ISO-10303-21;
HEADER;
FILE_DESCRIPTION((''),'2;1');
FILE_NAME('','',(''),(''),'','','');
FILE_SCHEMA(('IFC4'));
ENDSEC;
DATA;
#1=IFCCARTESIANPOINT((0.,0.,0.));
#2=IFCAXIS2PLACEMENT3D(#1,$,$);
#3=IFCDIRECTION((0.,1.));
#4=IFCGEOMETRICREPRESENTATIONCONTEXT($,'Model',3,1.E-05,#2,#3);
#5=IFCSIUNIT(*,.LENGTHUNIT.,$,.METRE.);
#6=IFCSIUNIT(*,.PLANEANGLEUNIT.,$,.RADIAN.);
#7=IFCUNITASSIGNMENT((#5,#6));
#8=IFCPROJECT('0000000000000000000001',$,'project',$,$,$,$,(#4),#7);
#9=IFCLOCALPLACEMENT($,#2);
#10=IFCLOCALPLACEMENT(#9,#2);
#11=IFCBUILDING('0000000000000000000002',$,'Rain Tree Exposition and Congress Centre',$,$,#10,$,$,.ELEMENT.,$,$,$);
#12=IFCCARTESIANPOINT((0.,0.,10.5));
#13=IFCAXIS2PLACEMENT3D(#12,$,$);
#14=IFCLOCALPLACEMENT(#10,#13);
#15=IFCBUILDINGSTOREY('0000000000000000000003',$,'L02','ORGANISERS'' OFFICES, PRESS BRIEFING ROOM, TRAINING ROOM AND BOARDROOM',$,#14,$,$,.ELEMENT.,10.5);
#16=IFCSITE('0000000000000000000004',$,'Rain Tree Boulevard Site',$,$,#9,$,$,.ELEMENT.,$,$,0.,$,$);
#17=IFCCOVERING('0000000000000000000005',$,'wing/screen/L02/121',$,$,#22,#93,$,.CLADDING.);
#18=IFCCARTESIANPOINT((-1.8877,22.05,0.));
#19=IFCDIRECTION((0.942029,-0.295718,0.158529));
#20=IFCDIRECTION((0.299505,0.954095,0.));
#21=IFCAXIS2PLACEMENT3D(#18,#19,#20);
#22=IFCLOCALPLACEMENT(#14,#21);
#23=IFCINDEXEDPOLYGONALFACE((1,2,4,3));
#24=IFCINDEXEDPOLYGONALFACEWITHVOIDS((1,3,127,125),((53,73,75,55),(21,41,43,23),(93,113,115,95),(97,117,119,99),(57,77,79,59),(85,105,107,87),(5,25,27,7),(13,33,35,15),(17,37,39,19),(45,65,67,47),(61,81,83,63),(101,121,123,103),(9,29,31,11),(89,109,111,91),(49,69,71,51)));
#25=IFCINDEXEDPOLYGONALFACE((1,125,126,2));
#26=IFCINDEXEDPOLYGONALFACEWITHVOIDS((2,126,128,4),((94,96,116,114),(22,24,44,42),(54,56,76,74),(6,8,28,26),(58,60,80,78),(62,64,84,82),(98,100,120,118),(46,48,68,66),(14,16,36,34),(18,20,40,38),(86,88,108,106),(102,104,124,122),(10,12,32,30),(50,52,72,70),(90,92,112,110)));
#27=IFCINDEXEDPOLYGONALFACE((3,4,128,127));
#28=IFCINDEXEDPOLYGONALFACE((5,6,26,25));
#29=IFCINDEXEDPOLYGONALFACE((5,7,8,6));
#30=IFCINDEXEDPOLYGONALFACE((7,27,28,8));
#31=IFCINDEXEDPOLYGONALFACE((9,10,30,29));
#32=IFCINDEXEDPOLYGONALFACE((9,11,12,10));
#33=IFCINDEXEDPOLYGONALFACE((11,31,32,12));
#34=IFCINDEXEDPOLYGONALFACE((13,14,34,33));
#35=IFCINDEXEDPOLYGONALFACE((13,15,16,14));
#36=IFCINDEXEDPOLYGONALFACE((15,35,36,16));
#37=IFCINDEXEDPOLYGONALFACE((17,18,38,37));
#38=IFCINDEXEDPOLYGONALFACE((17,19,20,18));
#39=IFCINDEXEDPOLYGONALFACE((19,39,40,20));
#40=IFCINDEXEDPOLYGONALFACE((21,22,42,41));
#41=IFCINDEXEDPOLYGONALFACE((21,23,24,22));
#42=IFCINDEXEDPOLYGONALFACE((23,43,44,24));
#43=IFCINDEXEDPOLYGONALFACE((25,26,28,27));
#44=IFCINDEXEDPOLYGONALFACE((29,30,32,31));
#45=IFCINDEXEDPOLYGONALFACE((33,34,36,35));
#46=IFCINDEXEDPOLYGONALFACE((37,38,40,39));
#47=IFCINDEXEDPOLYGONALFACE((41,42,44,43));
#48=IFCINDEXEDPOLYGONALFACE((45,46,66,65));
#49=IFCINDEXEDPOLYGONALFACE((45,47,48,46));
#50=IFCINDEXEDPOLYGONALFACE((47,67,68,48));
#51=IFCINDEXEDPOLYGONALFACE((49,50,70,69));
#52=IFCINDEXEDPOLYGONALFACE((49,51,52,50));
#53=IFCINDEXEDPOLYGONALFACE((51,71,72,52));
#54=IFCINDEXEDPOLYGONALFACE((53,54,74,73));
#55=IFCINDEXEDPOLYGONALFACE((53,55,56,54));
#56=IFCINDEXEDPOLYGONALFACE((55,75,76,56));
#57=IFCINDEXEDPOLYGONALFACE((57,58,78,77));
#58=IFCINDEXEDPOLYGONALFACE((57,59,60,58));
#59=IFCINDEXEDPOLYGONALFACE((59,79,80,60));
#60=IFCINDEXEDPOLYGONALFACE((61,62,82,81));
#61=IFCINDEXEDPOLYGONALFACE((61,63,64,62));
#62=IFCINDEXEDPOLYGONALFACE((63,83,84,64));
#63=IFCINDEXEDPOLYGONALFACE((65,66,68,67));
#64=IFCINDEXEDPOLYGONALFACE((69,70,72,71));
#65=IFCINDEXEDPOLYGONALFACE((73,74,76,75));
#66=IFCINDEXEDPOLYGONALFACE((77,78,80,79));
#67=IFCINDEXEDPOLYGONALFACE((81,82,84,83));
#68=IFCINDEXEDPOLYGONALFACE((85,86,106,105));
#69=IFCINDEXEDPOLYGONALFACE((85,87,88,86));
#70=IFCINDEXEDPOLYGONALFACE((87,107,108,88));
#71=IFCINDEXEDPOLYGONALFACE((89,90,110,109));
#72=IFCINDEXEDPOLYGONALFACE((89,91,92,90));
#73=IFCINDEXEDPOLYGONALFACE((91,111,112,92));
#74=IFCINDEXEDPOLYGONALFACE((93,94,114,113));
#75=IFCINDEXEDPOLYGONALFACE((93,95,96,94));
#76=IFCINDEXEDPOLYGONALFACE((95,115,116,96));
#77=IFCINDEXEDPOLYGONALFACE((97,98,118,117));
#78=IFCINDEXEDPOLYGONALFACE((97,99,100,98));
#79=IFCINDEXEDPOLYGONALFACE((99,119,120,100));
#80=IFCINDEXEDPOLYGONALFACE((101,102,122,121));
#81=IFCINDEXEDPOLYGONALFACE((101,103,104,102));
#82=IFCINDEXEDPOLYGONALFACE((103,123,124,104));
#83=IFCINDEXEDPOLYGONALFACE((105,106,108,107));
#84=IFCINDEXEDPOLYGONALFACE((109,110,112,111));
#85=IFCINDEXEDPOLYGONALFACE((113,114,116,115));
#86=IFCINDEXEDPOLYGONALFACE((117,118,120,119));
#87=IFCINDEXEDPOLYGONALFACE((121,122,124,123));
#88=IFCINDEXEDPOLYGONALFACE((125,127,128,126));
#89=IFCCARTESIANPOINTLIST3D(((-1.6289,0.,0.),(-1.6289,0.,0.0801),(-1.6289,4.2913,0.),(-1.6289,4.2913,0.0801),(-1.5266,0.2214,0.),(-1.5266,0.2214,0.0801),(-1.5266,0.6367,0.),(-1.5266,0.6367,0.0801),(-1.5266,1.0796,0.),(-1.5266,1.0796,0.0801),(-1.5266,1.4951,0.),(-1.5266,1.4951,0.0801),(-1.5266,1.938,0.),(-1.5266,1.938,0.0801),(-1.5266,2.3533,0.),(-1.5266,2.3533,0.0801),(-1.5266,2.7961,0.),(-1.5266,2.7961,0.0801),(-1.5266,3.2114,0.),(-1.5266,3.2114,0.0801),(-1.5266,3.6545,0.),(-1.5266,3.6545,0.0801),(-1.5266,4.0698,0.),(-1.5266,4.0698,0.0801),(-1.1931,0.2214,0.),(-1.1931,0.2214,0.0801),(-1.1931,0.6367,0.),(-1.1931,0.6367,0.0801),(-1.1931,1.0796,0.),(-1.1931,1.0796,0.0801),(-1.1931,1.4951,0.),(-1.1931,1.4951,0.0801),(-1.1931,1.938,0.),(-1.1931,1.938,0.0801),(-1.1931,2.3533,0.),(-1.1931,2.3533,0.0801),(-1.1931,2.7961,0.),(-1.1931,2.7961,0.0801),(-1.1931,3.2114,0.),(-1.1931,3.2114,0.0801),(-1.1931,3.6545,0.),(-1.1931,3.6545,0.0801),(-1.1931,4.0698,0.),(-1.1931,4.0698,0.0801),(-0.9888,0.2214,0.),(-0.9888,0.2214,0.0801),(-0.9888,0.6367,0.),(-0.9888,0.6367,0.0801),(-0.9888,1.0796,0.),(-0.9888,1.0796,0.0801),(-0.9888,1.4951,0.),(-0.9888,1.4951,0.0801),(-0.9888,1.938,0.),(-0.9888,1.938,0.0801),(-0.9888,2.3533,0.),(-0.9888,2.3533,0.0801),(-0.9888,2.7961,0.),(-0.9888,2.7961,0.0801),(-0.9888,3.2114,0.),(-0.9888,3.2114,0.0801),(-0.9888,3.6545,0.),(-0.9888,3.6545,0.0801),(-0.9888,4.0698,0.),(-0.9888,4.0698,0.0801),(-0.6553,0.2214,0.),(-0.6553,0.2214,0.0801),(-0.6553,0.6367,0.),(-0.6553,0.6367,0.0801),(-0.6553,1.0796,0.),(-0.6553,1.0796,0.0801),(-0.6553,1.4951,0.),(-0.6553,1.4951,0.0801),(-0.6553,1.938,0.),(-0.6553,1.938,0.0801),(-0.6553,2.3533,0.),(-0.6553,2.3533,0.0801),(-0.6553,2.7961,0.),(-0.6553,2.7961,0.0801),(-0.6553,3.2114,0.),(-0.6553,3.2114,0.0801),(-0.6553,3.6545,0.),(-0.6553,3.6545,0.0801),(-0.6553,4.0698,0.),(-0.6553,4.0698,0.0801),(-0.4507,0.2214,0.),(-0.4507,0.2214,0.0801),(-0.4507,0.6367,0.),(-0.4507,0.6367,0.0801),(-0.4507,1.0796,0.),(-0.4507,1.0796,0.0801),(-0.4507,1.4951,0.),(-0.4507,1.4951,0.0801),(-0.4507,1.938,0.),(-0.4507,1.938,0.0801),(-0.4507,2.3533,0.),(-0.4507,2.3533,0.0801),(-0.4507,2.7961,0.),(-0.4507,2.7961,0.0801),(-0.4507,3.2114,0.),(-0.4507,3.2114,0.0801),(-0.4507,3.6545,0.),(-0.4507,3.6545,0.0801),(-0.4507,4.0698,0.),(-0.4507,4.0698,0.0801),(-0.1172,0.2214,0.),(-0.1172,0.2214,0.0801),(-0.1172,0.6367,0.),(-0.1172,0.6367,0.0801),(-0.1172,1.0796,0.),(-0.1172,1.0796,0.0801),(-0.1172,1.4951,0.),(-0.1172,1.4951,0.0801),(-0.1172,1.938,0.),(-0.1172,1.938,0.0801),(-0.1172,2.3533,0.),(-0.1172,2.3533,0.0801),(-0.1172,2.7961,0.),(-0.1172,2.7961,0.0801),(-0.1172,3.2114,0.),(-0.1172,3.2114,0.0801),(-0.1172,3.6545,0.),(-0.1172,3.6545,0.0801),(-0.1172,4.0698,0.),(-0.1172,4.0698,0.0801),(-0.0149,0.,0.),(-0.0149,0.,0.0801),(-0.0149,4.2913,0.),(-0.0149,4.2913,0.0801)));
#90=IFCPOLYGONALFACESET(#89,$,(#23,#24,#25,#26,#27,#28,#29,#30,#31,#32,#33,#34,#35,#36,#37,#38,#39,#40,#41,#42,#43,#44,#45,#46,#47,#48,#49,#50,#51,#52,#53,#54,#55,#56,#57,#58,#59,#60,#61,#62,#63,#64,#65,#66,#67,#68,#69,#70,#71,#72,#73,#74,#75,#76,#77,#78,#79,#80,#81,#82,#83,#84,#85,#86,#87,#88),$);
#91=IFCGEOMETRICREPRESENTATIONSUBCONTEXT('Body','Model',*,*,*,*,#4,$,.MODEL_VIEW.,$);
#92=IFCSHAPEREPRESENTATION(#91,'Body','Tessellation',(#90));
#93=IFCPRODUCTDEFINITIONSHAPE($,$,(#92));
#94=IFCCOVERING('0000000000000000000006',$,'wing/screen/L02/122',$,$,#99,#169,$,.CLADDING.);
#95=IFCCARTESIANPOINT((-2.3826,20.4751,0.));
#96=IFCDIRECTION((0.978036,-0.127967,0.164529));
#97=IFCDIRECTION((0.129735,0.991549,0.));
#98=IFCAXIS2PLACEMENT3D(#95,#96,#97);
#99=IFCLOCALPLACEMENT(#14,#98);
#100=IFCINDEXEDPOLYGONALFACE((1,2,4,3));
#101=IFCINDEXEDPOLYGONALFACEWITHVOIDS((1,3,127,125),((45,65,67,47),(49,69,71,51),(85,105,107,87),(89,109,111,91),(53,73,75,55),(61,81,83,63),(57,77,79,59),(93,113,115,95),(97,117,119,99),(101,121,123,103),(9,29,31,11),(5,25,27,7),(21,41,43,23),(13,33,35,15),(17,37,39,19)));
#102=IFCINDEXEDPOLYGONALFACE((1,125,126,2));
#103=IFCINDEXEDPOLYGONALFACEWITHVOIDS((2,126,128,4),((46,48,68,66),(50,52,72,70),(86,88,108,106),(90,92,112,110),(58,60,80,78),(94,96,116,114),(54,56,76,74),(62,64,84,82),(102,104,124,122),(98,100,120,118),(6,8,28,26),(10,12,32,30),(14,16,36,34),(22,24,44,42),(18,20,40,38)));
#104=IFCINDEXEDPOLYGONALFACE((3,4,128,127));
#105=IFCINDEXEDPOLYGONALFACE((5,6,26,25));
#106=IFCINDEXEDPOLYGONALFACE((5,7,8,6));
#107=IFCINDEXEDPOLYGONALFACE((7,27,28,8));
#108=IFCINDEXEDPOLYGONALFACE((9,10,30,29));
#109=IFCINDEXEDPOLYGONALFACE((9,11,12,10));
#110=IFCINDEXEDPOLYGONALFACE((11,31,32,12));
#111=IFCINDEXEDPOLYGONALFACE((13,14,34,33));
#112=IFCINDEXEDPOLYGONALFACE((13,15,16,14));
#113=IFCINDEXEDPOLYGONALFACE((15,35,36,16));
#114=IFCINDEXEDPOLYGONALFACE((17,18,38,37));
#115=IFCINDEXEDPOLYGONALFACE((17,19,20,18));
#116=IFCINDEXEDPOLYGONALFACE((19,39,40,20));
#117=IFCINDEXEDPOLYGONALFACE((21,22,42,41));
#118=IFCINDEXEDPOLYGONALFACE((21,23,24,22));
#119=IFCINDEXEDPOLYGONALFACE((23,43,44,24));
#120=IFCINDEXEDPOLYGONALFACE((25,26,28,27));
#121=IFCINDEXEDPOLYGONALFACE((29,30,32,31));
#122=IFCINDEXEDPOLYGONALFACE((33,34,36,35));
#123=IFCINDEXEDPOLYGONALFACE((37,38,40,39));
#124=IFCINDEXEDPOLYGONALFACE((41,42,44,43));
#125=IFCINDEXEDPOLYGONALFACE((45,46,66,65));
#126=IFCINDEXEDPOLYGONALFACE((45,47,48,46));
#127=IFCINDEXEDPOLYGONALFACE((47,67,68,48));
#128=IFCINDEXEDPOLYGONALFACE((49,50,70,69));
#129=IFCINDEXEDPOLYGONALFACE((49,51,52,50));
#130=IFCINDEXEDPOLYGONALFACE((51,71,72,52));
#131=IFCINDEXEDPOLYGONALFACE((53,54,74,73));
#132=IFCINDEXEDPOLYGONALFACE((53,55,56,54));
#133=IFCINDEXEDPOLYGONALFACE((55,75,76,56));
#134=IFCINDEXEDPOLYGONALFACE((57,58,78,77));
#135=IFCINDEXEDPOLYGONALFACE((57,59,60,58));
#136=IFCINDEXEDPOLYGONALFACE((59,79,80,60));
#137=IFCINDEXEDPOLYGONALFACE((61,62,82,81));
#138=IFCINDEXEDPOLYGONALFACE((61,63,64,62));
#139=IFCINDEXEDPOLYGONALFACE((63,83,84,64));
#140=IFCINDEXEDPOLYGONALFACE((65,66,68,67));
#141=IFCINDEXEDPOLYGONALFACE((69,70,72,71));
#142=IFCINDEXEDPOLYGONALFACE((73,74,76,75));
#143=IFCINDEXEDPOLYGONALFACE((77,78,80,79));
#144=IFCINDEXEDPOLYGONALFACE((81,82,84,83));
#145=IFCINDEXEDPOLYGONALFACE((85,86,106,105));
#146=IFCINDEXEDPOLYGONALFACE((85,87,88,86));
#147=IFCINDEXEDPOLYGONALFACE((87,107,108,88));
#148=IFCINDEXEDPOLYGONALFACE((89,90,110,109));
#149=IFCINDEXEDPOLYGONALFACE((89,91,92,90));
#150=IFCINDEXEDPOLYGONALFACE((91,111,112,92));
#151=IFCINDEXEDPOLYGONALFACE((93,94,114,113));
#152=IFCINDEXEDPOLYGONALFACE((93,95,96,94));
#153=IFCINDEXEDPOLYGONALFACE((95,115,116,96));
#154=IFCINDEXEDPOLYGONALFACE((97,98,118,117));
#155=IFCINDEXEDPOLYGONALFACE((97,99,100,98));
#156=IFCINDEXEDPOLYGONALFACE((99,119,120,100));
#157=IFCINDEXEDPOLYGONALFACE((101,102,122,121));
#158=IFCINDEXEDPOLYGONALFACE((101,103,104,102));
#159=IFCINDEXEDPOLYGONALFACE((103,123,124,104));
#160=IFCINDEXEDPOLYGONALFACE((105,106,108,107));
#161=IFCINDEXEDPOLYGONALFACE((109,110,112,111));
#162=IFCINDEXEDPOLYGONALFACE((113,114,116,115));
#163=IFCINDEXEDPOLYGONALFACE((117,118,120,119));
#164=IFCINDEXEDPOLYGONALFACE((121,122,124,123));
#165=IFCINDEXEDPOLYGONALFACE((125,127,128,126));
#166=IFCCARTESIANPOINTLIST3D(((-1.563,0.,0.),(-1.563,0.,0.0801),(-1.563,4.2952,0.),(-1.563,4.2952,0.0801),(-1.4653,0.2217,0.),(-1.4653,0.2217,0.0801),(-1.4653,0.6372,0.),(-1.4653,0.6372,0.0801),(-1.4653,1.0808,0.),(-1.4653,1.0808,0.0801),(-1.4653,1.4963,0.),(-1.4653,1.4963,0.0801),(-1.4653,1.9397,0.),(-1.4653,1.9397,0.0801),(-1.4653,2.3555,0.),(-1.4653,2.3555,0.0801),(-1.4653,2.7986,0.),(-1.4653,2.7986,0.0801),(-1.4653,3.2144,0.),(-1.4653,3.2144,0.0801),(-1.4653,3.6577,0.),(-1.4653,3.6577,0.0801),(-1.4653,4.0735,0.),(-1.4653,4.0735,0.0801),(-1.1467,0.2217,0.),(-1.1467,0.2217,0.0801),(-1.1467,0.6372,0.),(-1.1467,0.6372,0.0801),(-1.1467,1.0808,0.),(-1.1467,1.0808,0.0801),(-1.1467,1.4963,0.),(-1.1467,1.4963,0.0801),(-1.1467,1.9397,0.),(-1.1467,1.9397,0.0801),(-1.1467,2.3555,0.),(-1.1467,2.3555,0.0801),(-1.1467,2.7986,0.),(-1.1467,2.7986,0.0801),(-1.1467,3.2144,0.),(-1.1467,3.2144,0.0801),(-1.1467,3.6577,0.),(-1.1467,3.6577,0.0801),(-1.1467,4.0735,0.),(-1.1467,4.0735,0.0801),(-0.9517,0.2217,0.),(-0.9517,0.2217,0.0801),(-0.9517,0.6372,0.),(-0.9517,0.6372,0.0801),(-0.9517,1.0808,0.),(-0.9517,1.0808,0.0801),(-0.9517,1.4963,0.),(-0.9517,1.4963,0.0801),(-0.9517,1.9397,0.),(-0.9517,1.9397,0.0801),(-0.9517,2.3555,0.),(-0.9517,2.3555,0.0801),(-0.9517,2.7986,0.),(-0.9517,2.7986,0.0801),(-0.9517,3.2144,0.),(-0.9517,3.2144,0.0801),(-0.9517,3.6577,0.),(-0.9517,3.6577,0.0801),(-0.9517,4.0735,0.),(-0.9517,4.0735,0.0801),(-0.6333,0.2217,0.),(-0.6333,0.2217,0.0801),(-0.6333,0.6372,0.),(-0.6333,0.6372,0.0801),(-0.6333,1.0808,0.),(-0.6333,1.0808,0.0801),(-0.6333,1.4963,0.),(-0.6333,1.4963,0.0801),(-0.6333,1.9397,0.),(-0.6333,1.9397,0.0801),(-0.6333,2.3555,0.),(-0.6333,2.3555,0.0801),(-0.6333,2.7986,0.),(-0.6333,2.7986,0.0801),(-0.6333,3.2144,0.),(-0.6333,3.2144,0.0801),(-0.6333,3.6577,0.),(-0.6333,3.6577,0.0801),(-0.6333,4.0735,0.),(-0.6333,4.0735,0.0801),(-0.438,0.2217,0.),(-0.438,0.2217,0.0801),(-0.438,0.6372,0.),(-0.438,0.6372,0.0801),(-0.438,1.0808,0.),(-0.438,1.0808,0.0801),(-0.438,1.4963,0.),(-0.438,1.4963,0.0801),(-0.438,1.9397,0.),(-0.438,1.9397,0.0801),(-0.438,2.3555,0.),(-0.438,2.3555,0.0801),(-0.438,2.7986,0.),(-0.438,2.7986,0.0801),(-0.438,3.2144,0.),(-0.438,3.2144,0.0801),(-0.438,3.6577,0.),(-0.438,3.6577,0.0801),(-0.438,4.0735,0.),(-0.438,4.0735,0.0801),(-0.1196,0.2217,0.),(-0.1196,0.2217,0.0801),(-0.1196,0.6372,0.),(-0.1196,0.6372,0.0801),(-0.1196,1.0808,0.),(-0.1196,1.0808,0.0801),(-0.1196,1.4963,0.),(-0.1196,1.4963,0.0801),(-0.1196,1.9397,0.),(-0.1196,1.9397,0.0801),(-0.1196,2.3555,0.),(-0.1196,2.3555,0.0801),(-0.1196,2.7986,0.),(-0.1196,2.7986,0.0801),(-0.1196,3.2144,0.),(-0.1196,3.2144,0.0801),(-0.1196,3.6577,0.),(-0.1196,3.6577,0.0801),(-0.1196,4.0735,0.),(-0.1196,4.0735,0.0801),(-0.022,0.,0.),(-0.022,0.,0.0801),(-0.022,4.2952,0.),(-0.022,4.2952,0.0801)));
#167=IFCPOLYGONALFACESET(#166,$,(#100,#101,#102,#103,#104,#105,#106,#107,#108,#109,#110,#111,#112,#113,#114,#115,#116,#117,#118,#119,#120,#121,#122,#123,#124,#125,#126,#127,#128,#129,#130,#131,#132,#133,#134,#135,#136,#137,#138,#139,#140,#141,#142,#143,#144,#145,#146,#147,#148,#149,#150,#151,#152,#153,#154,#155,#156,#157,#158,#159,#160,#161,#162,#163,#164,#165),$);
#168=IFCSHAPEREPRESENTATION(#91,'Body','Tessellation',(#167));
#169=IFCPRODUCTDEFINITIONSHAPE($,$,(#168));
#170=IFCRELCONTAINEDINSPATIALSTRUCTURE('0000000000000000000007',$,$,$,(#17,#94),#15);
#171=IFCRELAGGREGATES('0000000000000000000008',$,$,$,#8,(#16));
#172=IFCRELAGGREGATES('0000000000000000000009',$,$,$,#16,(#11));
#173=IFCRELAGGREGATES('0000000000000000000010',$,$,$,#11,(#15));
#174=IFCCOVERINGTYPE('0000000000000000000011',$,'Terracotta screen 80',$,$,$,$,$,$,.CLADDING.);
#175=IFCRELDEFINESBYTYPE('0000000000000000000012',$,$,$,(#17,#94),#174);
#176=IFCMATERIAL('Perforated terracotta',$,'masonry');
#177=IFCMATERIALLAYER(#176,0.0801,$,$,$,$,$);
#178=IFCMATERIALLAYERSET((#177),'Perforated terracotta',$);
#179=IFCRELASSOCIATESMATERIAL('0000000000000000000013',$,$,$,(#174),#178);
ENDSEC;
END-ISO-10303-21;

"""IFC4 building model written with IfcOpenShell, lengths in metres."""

from ifc_helpers import new_model, si_unit, direction, frame, origin, place, context, subcontext, project, spatial, polyline, outline, extrude, material, layer, layer_set, type_object, element, save


model = new_model("IFC4")

# Units and contexts
model_context = context("Model", 3, precision=1e-05, world=origin(), true_north=direction((0.0, 1.0)))
body_context = subcontext(model_context, "Body", "Model", "MODEL_VIEW")
ifc_project = project(units=[si_unit("LENGTHUNIT", "METRE"), si_unit("PLANEANGLEUNIT", "RADIAN")], contexts=[model_context])

# Site, building, storey
site_placement = place(None, origin())
site = spatial("IfcSite", under=ifc_project, at=site_placement, Name="Rain Tree Boulevard Site", CompositionType="ELEMENT", RefElevation=0.0)
building_placement = place(site_placement, origin())
building = spatial("IfcBuilding", under=site, at=building_placement, Name="Rain Tree Exposition and Congress Centre", CompositionType="ELEMENT")
storey_placement = place(building_placement, frame((0.0, 0.0, 10.5)))
storey = spatial("IfcBuildingStorey", under=building, at=storey_placement, Name="L02", Description="ORGANISERS' OFFICES, PRESS BRIEFING ROOM, TRAINING ROOM AND BOARDROOM", CompositionType="ELEMENT", Elevation=10.5)

# Coverings
ifc_material_1 = material(Name="Perforated terracotta", Category="masonry")
ifc_layer_1 = layer(ifc_material_1, 0.0801)
ifc_layer_set_1 = layer_set([ifc_layer_1], Name="Perforated terracotta")
covering_type = type_object("IfcCoveringType", Name="Terracotta screen 80", PredefinedType="CLADDING", material=ifc_layer_set_1)
covering_1_placement = place(storey_placement, frame((-1.8877, 22.05, 0.0), z_axis=(0.942029, -0.295718, 0.158529), x_axis=(0.299505, 0.954095, 0.0)))
element("IfcCovering", 1, at=covering_1_placement, inside=storey, type_object=covering_type, Name="wing/screen/L02/121", PredefinedType="CLADDING", context=body_context, shape_type="SweptSolid", body=[
    extrude(outline(polyline([(-1.6289, 0.0), (-1.6289, 4.2913), (-0.0149, 4.2913), (-0.0149, 0.0), (-1.6289, 0.0)]), holes=[polyline([(-0.1172, 0.2214), (-0.1172, 0.6367), (-0.4507, 0.6367), (-0.4507, 0.2214), (-0.1172, 0.2214)]), polyline([(-0.1172, 1.0796), (-0.1172, 1.4951), (-0.4507, 1.4951), (-0.4507, 1.0796), (-0.1172, 1.0796)]), polyline([(-0.1172, 1.938), (-0.1172, 2.3533), (-0.4507, 2.3533), (-0.4507, 1.938), (-0.1172, 1.938)]), polyline([(-0.1172, 2.7961), (-0.1172, 3.2114), (-0.4507, 3.2114), (-0.4507, 2.7961), (-0.1172, 2.7961)]), polyline([(-0.1172, 3.6545), (-0.1172, 4.0698), (-0.4507, 4.0698), (-0.4507, 3.6545), (-0.1172, 3.6545)]), polyline([(-0.6553, 0.2214), (-0.6553, 0.6367), (-0.9888, 0.6367), (-0.9888, 0.2214), (-0.6553, 0.2214)]), polyline([(-0.6553, 1.0796), (-0.6553, 1.4951), (-0.9888, 1.4951), (-0.9888, 1.0796), (-0.6553, 1.0796)]), polyline([(-0.6553, 1.938), (-0.6553, 2.3533), (-0.9888, 2.3533), (-0.9888, 1.938), (-0.6553, 1.938)]), polyline([(-0.6553, 2.7961), (-0.6553, 3.2114), (-0.9888, 3.2114), (-0.9888, 2.7961), (-0.6553, 2.7961)]), polyline([(-0.6553, 3.6545), (-0.6553, 4.0698), (-0.9888, 4.0698), (-0.9888, 3.6545), (-0.6553, 3.6545)]), polyline([(-1.1931, 0.2214), (-1.1931, 0.6367), (-1.5266, 0.6367), (-1.5266, 0.2214), (-1.1931, 0.2214)]), polyline([(-1.1931, 1.0796), (-1.1931, 1.4951), (-1.5266, 1.4951), (-1.5266, 1.0796), (-1.1931, 1.0796)]), polyline([(-1.1931, 1.938), (-1.1931, 2.3533), (-1.5266, 2.3533), (-1.5266, 1.938), (-1.1931, 1.938)]), polyline([(-1.1931, 2.7961), (-1.1931, 3.2114), (-1.5266, 3.2114), (-1.5266, 2.7961), (-1.1931, 2.7961)]), polyline([(-1.1931, 3.6545), (-1.1931, 4.0698), (-1.5266, 4.0698), (-1.5266, 3.6545), (-1.1931, 3.6545)])]), origin(), (0.0, 0.0, 1.0), 0.0801),
])
covering_2_placement = place(storey_placement, frame((-2.3826, 20.4751, 0.0), z_axis=(0.978036, -0.127967, 0.164529), x_axis=(0.129735, 0.991549, 0.0)))
element("IfcCovering", 2, at=covering_2_placement, inside=storey, type_object=covering_type, Name="wing/screen/L02/122", PredefinedType="CLADDING", context=body_context, shape_type="SweptSolid", body=[
    extrude(outline(polyline([(-1.563, 0.0), (-1.563, 4.2952), (-0.022, 4.2952), (-0.022, 0.0), (-1.563, 0.0)]), holes=[polyline([(-0.1196, 0.2217), (-0.1196, 0.6372), (-0.438, 0.6372), (-0.438, 0.2217), (-0.1196, 0.2217)]), polyline([(-0.1196, 1.0808), (-0.1196, 1.4963), (-0.438, 1.4963), (-0.438, 1.0808), (-0.1196, 1.0808)]), polyline([(-0.1196, 1.9397), (-0.1196, 2.3555), (-0.438, 2.3555), (-0.438, 1.9397), (-0.1196, 1.9397)]), polyline([(-0.1196, 2.7986), (-0.1196, 3.2144), (-0.438, 3.2144), (-0.438, 2.7986), (-0.1196, 2.7986)]), polyline([(-0.1196, 3.6577), (-0.1196, 4.0735), (-0.438, 4.0735), (-0.438, 3.6577), (-0.1196, 3.6577)]), polyline([(-0.6333, 0.2217), (-0.6333, 0.6372), (-0.9517, 0.6372), (-0.9517, 0.2217), (-0.6333, 0.2217)]), polyline([(-0.6333, 1.0808), (-0.6333, 1.4963), (-0.9517, 1.4963), (-0.9517, 1.0808), (-0.6333, 1.0808)]), polyline([(-0.6333, 1.9397), (-0.6333, 2.3555), (-0.9517, 2.3555), (-0.9517, 1.9397), (-0.6333, 1.9397)]), polyline([(-0.6333, 2.7986), (-0.6333, 3.2144), (-0.9517, 3.2144), (-0.9517, 2.7986), (-0.6333, 2.7986)]), polyline([(-0.6333, 3.6577), (-0.6333, 4.0735), (-0.9517, 4.0735), (-0.9517, 3.6577), (-0.6333, 3.6577)]), polyline([(-1.1467, 0.2217), (-1.1467, 0.6372), (-1.4653, 0.6372), (-1.4653, 0.2217), (-1.1467, 0.2217)]), polyline([(-1.1467, 1.0808), (-1.1467, 1.4963), (-1.4653, 1.4963), (-1.4653, 1.0808), (-1.1467, 1.0808)]), polyline([(-1.1467, 1.9397), (-1.1467, 2.3555), (-1.4653, 2.3555), (-1.4653, 1.9397), (-1.1467, 1.9397)]), polyline([(-1.1467, 2.7986), (-1.1467, 3.2144), (-1.4653, 3.2144), (-1.4653, 2.7986), (-1.1467, 2.7986)]), polyline([(-1.1467, 3.6577), (-1.1467, 4.0735), (-1.4653, 4.0735), (-1.4653, 3.6577), (-1.1467, 3.6577)])]), origin(), (0.0, 0.0, 1.0), 0.0801),
])

save(model, "model.ifc")
